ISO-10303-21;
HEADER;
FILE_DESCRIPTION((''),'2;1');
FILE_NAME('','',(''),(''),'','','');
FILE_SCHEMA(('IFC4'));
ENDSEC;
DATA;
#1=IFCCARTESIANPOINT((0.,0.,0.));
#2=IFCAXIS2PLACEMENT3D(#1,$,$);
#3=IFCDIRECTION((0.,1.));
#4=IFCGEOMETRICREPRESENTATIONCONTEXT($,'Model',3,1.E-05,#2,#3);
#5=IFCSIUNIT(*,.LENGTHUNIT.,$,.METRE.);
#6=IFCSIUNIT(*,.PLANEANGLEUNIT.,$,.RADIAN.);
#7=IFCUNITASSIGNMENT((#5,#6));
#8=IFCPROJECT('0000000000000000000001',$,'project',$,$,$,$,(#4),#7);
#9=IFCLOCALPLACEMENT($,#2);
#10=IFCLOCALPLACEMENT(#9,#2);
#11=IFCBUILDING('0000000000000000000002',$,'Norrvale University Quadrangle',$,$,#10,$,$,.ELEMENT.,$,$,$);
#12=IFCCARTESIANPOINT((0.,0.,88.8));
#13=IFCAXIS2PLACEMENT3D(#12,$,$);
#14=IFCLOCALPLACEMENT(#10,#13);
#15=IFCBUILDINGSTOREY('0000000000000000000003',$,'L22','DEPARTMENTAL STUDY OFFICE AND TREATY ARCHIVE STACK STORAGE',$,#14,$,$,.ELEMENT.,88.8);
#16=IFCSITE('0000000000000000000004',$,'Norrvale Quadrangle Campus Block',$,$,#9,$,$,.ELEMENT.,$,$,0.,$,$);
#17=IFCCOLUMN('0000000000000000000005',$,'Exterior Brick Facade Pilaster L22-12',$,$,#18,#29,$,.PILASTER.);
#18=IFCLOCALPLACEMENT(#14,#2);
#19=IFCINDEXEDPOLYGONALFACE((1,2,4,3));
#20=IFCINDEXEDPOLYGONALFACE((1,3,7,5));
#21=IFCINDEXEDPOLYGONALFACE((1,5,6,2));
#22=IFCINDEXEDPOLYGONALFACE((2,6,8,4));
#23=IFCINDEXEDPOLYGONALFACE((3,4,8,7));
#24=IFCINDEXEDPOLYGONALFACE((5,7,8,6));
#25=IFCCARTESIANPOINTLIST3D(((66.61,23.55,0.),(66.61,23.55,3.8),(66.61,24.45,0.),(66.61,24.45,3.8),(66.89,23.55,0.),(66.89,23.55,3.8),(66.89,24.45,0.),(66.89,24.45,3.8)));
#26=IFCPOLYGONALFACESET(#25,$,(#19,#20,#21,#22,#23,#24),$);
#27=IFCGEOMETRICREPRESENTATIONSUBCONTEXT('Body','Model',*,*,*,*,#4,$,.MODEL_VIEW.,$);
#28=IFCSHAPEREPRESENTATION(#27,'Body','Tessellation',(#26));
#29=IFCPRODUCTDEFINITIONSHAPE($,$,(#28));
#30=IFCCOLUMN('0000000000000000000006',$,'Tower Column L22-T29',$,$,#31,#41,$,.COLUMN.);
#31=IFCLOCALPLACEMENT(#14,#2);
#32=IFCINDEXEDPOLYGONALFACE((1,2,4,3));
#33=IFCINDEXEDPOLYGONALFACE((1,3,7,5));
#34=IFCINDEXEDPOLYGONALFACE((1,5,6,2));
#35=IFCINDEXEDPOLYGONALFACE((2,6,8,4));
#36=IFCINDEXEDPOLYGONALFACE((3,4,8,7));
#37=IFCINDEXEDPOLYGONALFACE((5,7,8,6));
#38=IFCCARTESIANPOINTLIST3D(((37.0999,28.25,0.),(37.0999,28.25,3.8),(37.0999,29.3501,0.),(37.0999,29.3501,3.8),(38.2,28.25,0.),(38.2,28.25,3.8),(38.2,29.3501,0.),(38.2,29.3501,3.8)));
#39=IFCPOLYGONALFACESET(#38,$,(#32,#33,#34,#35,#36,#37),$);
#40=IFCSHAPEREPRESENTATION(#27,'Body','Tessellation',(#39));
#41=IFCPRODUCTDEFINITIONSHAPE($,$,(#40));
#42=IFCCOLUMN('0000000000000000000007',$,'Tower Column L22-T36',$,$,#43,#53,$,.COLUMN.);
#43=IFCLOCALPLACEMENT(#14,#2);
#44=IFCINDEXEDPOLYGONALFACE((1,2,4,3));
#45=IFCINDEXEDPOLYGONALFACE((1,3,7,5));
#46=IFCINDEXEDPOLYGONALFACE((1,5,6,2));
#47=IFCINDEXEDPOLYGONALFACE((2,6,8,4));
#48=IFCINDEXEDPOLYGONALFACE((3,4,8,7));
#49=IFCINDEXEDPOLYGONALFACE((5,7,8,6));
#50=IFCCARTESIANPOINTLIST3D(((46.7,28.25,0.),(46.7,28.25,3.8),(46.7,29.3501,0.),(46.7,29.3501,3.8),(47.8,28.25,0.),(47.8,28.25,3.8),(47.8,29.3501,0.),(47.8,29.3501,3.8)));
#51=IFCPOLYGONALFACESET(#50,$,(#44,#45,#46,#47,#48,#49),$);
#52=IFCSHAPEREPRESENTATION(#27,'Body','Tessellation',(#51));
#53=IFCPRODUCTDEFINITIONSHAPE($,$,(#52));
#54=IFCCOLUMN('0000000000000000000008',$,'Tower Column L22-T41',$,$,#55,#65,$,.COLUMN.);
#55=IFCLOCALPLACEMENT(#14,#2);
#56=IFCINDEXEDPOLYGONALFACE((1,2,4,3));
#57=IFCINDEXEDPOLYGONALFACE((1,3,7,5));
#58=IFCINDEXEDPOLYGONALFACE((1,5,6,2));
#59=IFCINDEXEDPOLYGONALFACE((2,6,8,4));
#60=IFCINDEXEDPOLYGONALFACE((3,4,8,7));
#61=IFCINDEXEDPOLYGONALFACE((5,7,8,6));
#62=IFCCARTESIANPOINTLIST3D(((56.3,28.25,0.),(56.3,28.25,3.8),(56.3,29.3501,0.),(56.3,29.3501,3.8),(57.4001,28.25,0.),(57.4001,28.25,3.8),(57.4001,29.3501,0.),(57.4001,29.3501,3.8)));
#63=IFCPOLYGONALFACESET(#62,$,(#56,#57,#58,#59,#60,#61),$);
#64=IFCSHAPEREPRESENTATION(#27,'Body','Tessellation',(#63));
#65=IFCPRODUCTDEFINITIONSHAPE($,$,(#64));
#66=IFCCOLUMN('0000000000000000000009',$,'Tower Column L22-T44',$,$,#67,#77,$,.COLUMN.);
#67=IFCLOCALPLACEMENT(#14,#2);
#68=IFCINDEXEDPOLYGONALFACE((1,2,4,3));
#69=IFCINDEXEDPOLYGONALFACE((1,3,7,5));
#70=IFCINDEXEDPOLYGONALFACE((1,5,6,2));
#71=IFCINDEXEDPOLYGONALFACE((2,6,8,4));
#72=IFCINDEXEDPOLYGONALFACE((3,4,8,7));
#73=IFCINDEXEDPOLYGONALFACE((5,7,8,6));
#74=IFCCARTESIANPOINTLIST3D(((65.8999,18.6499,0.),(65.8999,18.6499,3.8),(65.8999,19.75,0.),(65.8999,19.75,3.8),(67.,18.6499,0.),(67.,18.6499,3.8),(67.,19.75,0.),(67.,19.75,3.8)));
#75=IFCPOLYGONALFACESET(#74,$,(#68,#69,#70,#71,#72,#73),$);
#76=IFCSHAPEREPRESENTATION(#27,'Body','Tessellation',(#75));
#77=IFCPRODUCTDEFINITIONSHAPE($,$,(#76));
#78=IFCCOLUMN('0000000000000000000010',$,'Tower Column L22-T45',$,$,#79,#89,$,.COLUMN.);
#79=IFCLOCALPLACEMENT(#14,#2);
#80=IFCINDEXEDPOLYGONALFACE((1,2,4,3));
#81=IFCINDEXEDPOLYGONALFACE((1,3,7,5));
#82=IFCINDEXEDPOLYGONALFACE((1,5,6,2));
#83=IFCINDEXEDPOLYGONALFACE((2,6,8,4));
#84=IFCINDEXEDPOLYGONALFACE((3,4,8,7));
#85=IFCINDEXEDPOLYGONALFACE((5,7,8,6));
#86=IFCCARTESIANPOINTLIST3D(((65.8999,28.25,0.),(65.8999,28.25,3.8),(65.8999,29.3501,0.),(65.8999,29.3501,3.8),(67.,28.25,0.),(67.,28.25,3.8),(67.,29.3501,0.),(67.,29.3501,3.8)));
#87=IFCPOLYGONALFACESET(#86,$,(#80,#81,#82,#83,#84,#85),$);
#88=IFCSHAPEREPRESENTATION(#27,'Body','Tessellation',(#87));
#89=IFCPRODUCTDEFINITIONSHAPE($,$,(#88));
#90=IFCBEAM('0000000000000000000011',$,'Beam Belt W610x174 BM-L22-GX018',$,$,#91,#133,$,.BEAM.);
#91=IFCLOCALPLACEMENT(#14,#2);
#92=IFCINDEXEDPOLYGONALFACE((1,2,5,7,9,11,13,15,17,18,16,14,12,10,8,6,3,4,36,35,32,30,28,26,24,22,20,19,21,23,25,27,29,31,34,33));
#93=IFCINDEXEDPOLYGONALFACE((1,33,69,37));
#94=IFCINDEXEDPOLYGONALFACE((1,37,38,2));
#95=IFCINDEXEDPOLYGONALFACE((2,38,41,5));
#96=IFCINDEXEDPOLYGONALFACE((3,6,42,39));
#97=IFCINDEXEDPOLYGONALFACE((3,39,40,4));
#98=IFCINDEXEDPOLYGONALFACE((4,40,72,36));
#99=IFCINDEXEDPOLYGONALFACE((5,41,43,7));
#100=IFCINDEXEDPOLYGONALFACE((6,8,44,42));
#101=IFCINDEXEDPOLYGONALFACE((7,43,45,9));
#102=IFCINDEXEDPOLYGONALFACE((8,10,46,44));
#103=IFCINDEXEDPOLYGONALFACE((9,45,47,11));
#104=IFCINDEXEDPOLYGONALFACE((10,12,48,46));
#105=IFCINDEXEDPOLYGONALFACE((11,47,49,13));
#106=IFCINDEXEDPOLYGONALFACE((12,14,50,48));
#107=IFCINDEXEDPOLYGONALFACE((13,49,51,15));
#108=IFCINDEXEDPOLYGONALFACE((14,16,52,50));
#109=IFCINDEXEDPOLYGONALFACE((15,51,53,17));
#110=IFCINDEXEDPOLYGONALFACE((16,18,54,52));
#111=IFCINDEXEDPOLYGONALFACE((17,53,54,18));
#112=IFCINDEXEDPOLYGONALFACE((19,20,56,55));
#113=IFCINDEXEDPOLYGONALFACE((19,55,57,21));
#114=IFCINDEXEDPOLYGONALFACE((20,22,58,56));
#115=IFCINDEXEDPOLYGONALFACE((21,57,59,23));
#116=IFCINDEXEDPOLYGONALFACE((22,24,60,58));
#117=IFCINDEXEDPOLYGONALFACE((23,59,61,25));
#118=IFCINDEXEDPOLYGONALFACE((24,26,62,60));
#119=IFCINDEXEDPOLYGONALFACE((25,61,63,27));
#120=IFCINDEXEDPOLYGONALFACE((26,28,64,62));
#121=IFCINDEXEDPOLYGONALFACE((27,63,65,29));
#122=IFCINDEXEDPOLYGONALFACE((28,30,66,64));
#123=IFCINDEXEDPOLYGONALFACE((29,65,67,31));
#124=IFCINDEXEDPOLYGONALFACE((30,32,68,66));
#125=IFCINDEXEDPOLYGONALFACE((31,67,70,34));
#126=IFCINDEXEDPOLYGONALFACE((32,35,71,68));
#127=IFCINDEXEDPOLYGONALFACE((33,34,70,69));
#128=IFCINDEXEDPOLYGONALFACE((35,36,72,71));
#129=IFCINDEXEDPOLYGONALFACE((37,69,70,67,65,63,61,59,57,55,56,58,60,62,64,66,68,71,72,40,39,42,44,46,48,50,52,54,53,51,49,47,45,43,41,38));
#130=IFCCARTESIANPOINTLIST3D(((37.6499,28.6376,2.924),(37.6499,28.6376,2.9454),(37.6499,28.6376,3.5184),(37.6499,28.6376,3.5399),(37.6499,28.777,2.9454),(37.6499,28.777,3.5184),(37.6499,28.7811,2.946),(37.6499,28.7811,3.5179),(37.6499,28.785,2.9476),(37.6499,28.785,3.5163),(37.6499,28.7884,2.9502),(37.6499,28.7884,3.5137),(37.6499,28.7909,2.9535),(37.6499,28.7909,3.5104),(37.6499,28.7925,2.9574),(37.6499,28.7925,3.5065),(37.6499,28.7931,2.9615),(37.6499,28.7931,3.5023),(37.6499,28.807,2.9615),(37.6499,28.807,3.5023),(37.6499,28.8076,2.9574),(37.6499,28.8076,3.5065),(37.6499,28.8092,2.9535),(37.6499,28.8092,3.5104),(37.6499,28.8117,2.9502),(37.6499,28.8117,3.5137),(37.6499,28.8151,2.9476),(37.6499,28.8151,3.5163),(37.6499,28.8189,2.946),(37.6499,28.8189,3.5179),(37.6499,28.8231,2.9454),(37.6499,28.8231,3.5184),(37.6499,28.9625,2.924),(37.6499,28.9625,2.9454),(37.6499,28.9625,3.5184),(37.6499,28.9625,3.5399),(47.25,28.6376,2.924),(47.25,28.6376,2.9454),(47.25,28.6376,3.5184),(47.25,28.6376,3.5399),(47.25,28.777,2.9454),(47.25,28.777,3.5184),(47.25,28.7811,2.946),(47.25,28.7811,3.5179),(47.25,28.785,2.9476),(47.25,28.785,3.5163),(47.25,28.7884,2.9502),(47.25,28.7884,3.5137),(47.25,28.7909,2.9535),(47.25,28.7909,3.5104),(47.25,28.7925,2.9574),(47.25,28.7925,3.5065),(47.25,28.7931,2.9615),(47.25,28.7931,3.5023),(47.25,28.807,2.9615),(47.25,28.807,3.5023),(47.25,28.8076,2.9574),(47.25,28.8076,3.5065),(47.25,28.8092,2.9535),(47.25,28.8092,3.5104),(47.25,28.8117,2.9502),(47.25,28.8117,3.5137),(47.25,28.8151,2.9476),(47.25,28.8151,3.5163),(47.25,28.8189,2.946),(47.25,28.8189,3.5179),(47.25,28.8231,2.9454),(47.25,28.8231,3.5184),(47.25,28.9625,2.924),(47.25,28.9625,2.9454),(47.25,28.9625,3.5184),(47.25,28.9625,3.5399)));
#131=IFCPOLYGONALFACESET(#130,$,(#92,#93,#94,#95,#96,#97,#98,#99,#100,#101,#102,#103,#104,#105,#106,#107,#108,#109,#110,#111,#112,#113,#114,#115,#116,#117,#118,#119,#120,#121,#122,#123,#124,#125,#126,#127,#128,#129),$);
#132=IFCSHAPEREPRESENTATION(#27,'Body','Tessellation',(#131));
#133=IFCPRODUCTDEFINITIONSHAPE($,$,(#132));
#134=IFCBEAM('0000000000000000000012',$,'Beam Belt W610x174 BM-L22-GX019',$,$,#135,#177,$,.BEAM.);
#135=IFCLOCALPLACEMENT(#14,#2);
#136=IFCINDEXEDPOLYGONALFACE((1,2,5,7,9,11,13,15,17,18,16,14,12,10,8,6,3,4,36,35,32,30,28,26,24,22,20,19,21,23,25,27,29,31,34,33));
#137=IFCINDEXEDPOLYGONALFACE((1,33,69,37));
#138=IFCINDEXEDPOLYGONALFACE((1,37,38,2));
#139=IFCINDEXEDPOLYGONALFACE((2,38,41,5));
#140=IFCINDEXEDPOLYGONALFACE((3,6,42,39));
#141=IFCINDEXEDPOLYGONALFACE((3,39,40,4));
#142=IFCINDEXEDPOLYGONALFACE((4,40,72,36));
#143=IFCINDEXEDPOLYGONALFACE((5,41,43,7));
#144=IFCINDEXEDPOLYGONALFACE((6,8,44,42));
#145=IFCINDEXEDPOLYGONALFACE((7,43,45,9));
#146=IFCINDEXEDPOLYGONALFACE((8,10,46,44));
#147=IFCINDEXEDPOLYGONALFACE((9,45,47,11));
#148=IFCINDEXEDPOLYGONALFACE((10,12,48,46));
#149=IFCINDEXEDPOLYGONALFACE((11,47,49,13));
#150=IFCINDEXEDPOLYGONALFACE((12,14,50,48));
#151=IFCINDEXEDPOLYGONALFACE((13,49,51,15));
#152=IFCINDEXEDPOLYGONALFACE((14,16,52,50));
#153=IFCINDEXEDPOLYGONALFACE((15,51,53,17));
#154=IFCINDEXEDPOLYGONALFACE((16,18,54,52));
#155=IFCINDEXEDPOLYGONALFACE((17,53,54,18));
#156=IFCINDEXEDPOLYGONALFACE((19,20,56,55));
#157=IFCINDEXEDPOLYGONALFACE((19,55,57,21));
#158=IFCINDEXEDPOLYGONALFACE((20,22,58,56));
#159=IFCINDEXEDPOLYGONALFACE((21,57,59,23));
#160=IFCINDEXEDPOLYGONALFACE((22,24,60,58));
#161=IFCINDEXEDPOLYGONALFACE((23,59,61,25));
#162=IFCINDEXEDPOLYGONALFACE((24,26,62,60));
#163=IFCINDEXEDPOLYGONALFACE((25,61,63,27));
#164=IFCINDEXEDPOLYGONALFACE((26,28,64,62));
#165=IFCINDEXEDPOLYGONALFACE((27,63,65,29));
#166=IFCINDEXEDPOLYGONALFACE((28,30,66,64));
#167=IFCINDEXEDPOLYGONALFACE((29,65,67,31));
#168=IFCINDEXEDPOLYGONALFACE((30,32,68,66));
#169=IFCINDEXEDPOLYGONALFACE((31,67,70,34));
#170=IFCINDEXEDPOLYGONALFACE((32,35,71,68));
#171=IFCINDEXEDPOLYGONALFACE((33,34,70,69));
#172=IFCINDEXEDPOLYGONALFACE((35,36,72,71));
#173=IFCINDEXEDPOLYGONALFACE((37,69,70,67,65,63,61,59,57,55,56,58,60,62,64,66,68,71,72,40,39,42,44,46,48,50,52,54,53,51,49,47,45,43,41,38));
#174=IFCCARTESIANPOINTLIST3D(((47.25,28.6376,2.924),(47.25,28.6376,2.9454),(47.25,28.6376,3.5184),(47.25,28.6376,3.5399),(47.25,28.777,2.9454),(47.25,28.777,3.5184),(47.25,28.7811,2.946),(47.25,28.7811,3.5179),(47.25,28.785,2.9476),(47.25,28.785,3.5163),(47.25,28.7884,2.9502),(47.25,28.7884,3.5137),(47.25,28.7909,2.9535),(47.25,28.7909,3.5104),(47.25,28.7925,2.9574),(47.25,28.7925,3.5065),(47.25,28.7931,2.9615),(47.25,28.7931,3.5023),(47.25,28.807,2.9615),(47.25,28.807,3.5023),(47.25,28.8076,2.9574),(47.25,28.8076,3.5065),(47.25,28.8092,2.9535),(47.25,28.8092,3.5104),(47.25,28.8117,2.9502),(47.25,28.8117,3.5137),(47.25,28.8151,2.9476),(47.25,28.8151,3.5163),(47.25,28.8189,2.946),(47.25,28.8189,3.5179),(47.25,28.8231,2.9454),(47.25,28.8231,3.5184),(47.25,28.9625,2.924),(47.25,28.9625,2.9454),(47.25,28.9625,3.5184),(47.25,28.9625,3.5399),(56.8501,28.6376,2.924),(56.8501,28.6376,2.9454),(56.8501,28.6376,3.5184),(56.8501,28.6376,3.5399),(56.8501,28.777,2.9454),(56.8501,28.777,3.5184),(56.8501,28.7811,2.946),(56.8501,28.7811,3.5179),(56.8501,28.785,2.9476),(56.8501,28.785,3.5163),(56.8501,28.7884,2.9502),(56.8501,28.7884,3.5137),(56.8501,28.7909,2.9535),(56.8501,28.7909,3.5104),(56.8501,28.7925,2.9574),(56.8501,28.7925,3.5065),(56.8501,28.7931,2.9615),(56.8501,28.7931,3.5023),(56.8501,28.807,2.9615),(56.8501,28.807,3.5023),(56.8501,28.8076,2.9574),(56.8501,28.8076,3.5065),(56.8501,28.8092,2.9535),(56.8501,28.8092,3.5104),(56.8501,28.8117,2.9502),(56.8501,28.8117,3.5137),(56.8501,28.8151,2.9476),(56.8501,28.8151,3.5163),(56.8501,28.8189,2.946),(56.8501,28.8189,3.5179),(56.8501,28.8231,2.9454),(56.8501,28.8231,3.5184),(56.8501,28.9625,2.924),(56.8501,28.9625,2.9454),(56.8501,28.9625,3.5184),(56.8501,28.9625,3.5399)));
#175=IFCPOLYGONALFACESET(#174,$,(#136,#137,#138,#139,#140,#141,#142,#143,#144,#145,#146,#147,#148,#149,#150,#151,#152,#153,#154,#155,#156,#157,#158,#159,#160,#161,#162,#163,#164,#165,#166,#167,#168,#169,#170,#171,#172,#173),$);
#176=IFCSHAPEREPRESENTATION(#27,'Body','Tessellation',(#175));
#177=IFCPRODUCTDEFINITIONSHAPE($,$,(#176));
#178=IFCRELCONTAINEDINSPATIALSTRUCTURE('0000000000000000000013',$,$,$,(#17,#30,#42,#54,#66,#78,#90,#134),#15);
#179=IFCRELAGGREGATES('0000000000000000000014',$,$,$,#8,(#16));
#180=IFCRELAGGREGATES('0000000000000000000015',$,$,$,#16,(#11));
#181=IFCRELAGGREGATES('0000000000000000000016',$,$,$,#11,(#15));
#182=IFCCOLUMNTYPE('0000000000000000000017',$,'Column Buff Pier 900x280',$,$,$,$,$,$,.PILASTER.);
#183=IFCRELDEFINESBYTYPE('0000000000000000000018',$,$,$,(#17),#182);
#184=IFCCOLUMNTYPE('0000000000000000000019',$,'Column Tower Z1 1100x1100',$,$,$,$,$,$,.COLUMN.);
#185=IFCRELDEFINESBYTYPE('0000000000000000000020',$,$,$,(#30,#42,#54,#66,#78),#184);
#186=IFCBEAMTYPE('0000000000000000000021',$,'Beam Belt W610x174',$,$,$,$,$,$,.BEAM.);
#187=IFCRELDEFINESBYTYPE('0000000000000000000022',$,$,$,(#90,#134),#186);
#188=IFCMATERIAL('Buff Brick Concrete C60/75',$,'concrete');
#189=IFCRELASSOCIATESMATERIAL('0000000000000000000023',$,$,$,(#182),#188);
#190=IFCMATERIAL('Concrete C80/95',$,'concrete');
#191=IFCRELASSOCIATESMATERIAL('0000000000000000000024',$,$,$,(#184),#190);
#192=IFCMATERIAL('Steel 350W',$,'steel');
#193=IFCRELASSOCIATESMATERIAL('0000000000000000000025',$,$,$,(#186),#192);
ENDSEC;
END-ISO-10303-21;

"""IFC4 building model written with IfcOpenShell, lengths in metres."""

from ifc_helpers import new_model, si_unit, direction, frame, origin, origin_2d, place, context, subcontext, project, spatial, rectangle, i_section, extrude, material, material_profile, profile_set, type_object, element, save


model = new_model("IFC4")

# Units and contexts
model_context = context("Model", 3, precision=1e-05, world=origin(), true_north=direction((0.0, 1.0)))
body_context = subcontext(model_context, "Body", "Model", "MODEL_VIEW")
ifc_project = project(units=[si_unit("LENGTHUNIT", "METRE"), si_unit("PLANEANGLEUNIT", "RADIAN")], contexts=[model_context])

# Site, building, storey
site_placement = place(None, origin())
site = spatial("IfcSite", under=ifc_project, at=site_placement, Name="Norrvale Quadrangle Campus Block", CompositionType="ELEMENT", RefElevation=0.0)
building_placement = place(site_placement, origin())
building = spatial("IfcBuilding", under=site, at=building_placement, Name="Norrvale University Quadrangle", CompositionType="ELEMENT")
storey_placement = place(building_placement, frame((0.0, 0.0, 88.8)))
storey = spatial("IfcBuildingStorey", under=building, at=storey_placement, Name="L22", Description="DEPARTMENTAL STUDY OFFICE AND TREATY ARCHIVE STACK STORAGE", CompositionType="ELEMENT", Elevation=88.8)

# Columns
ifc_material_1 = material(Name="Buff Brick Concrete C60/75", Category="concrete")
ifc_material_profile_1 = material_profile(ifc_material_1, rectangle(XDim=0.8999, YDim=0.28, at=origin_2d()), Name="Buff Brick Concrete C60/75")
ifc_profile_set_1 = profile_set([ifc_material_profile_1], Name="Buff Brick Concrete C60/75")
column_type_1 = type_object("IfcColumnType", Name="Column Buff Pier 900x280", PredefinedType="PILASTER", material=ifc_profile_set_1)
column_placement = place(storey_placement, frame((66.75, 24.0, 0.0), z_axis=(0.0, 0.0, 1.0), x_axis=(0.0, 1.0, 0.0)))
element("IfcColumn", 1, at=column_placement, inside=storey, type_object=column_type_1, Name="Exterior Brick Facade Pilaster L22-12", PredefinedType="PILASTER", context=body_context, shape_type="SweptSolid", body=[
    extrude(rectangle(XDim=0.8999, YDim=0.28, at=origin_2d()), origin(), (0.0, 0.0, 1.0), 3.8),
])
ifc_material_2 = material(Name="Concrete C80/95", Category="concrete")
ifc_material_profile_2 = material_profile(ifc_material_2, rectangle(XDim=1.1001, YDim=1.1001, at=origin_2d()), Name="Concrete C80/95")
ifc_profile_set_2 = profile_set([ifc_material_profile_2], Name="Concrete C80/95")
column_type_2 = type_object("IfcColumnType", Name="Column Tower Z1 1100x1100", PredefinedType="COLUMN", material=ifc_profile_set_2)
for number, where, z_axis, x_axis, name in (
    (2, (37.6499, 28.8, 0.0), (0.0, 0.0, 1.0), (1.0, 0.0, 0.0), "Tower Column L22-T29"),
    (3, (47.25, 28.8, 0.0), (0.0, 0.0, 1.0), (1.0, 0.0, 0.0), "Tower Column L22-T36"),
    (4, (56.8501, 28.8, 0.0), (0.0, 0.0, 1.0), (1.0, 0.0, 0.0), "Tower Column L22-T41"),
    (5, (66.45, 19.2, 0.0), (0.0, 0.0, 1.0), (1.0, 0.0, 0.0), "Tower Column L22-T44"),
    (6, (66.45, 28.8, 0.0), (0.0, 0.0, 1.0), (1.0, 0.0, 0.0), "Tower Column L22-T45"),
):
    element("IfcColumn", number, at=place(storey_placement, frame(where, z_axis=z_axis, x_axis=x_axis)), inside=storey, type_object=column_type_2, Name=name, PredefinedType="COLUMN", context=body_context, shape_type="SweptSolid", body=[
        extrude(rectangle(XDim=1.1001, YDim=1.1001, at=origin_2d()), origin(), (0.0, 0.0, 1.0), 3.8),
    ])

# Beams
ifc_material_3 = material(Name="Steel 350W", Category="steel")
ifc_material_profile_3 = material_profile(ifc_material_3, i_section(OverallWidth=0.325, OverallDepth=0.616, WebThickness=0.0139, FlangeThickness=0.0215, FilletRadius=0.0161, at=origin_2d()), Name="Steel 350W")
ifc_profile_set_3 = profile_set([ifc_material_profile_3], Name="Steel 350W")
beam_type_1 = type_object("IfcBeamType", Name="Beam Belt W610x174", PredefinedType="BEAM", material=ifc_profile_set_3)
for number, where, z_axis, x_axis, name in (
    (7, (37.6499, 28.8, 3.2319), (1.0, 0.0, 0.0), (0.0, 1.0, 0.0), "Beam Belt W610x174 BM-L22-GX018"),
    (8, (47.25, 28.8, 3.2319), (1.0, 0.0, 0.0), (0.0, 1.0, 0.0), "Beam Belt W610x174 BM-L22-GX019"),
):
    element("IfcBeam", number, at=place(storey_placement, frame(where, z_axis=z_axis, x_axis=x_axis)), inside=storey, type_object=beam_type_1, Name=name, PredefinedType="BEAM", context=body_context, shape_type="SweptSolid", body=[
        extrude(i_section(OverallWidth=0.325, OverallDepth=0.616, WebThickness=0.0139, FlangeThickness=0.0215, FilletRadius=0.0161, at=origin_2d()), origin(), (0.0, 0.0, 1.0), 9.6001),
    ])

save(model, "model.ifc")
